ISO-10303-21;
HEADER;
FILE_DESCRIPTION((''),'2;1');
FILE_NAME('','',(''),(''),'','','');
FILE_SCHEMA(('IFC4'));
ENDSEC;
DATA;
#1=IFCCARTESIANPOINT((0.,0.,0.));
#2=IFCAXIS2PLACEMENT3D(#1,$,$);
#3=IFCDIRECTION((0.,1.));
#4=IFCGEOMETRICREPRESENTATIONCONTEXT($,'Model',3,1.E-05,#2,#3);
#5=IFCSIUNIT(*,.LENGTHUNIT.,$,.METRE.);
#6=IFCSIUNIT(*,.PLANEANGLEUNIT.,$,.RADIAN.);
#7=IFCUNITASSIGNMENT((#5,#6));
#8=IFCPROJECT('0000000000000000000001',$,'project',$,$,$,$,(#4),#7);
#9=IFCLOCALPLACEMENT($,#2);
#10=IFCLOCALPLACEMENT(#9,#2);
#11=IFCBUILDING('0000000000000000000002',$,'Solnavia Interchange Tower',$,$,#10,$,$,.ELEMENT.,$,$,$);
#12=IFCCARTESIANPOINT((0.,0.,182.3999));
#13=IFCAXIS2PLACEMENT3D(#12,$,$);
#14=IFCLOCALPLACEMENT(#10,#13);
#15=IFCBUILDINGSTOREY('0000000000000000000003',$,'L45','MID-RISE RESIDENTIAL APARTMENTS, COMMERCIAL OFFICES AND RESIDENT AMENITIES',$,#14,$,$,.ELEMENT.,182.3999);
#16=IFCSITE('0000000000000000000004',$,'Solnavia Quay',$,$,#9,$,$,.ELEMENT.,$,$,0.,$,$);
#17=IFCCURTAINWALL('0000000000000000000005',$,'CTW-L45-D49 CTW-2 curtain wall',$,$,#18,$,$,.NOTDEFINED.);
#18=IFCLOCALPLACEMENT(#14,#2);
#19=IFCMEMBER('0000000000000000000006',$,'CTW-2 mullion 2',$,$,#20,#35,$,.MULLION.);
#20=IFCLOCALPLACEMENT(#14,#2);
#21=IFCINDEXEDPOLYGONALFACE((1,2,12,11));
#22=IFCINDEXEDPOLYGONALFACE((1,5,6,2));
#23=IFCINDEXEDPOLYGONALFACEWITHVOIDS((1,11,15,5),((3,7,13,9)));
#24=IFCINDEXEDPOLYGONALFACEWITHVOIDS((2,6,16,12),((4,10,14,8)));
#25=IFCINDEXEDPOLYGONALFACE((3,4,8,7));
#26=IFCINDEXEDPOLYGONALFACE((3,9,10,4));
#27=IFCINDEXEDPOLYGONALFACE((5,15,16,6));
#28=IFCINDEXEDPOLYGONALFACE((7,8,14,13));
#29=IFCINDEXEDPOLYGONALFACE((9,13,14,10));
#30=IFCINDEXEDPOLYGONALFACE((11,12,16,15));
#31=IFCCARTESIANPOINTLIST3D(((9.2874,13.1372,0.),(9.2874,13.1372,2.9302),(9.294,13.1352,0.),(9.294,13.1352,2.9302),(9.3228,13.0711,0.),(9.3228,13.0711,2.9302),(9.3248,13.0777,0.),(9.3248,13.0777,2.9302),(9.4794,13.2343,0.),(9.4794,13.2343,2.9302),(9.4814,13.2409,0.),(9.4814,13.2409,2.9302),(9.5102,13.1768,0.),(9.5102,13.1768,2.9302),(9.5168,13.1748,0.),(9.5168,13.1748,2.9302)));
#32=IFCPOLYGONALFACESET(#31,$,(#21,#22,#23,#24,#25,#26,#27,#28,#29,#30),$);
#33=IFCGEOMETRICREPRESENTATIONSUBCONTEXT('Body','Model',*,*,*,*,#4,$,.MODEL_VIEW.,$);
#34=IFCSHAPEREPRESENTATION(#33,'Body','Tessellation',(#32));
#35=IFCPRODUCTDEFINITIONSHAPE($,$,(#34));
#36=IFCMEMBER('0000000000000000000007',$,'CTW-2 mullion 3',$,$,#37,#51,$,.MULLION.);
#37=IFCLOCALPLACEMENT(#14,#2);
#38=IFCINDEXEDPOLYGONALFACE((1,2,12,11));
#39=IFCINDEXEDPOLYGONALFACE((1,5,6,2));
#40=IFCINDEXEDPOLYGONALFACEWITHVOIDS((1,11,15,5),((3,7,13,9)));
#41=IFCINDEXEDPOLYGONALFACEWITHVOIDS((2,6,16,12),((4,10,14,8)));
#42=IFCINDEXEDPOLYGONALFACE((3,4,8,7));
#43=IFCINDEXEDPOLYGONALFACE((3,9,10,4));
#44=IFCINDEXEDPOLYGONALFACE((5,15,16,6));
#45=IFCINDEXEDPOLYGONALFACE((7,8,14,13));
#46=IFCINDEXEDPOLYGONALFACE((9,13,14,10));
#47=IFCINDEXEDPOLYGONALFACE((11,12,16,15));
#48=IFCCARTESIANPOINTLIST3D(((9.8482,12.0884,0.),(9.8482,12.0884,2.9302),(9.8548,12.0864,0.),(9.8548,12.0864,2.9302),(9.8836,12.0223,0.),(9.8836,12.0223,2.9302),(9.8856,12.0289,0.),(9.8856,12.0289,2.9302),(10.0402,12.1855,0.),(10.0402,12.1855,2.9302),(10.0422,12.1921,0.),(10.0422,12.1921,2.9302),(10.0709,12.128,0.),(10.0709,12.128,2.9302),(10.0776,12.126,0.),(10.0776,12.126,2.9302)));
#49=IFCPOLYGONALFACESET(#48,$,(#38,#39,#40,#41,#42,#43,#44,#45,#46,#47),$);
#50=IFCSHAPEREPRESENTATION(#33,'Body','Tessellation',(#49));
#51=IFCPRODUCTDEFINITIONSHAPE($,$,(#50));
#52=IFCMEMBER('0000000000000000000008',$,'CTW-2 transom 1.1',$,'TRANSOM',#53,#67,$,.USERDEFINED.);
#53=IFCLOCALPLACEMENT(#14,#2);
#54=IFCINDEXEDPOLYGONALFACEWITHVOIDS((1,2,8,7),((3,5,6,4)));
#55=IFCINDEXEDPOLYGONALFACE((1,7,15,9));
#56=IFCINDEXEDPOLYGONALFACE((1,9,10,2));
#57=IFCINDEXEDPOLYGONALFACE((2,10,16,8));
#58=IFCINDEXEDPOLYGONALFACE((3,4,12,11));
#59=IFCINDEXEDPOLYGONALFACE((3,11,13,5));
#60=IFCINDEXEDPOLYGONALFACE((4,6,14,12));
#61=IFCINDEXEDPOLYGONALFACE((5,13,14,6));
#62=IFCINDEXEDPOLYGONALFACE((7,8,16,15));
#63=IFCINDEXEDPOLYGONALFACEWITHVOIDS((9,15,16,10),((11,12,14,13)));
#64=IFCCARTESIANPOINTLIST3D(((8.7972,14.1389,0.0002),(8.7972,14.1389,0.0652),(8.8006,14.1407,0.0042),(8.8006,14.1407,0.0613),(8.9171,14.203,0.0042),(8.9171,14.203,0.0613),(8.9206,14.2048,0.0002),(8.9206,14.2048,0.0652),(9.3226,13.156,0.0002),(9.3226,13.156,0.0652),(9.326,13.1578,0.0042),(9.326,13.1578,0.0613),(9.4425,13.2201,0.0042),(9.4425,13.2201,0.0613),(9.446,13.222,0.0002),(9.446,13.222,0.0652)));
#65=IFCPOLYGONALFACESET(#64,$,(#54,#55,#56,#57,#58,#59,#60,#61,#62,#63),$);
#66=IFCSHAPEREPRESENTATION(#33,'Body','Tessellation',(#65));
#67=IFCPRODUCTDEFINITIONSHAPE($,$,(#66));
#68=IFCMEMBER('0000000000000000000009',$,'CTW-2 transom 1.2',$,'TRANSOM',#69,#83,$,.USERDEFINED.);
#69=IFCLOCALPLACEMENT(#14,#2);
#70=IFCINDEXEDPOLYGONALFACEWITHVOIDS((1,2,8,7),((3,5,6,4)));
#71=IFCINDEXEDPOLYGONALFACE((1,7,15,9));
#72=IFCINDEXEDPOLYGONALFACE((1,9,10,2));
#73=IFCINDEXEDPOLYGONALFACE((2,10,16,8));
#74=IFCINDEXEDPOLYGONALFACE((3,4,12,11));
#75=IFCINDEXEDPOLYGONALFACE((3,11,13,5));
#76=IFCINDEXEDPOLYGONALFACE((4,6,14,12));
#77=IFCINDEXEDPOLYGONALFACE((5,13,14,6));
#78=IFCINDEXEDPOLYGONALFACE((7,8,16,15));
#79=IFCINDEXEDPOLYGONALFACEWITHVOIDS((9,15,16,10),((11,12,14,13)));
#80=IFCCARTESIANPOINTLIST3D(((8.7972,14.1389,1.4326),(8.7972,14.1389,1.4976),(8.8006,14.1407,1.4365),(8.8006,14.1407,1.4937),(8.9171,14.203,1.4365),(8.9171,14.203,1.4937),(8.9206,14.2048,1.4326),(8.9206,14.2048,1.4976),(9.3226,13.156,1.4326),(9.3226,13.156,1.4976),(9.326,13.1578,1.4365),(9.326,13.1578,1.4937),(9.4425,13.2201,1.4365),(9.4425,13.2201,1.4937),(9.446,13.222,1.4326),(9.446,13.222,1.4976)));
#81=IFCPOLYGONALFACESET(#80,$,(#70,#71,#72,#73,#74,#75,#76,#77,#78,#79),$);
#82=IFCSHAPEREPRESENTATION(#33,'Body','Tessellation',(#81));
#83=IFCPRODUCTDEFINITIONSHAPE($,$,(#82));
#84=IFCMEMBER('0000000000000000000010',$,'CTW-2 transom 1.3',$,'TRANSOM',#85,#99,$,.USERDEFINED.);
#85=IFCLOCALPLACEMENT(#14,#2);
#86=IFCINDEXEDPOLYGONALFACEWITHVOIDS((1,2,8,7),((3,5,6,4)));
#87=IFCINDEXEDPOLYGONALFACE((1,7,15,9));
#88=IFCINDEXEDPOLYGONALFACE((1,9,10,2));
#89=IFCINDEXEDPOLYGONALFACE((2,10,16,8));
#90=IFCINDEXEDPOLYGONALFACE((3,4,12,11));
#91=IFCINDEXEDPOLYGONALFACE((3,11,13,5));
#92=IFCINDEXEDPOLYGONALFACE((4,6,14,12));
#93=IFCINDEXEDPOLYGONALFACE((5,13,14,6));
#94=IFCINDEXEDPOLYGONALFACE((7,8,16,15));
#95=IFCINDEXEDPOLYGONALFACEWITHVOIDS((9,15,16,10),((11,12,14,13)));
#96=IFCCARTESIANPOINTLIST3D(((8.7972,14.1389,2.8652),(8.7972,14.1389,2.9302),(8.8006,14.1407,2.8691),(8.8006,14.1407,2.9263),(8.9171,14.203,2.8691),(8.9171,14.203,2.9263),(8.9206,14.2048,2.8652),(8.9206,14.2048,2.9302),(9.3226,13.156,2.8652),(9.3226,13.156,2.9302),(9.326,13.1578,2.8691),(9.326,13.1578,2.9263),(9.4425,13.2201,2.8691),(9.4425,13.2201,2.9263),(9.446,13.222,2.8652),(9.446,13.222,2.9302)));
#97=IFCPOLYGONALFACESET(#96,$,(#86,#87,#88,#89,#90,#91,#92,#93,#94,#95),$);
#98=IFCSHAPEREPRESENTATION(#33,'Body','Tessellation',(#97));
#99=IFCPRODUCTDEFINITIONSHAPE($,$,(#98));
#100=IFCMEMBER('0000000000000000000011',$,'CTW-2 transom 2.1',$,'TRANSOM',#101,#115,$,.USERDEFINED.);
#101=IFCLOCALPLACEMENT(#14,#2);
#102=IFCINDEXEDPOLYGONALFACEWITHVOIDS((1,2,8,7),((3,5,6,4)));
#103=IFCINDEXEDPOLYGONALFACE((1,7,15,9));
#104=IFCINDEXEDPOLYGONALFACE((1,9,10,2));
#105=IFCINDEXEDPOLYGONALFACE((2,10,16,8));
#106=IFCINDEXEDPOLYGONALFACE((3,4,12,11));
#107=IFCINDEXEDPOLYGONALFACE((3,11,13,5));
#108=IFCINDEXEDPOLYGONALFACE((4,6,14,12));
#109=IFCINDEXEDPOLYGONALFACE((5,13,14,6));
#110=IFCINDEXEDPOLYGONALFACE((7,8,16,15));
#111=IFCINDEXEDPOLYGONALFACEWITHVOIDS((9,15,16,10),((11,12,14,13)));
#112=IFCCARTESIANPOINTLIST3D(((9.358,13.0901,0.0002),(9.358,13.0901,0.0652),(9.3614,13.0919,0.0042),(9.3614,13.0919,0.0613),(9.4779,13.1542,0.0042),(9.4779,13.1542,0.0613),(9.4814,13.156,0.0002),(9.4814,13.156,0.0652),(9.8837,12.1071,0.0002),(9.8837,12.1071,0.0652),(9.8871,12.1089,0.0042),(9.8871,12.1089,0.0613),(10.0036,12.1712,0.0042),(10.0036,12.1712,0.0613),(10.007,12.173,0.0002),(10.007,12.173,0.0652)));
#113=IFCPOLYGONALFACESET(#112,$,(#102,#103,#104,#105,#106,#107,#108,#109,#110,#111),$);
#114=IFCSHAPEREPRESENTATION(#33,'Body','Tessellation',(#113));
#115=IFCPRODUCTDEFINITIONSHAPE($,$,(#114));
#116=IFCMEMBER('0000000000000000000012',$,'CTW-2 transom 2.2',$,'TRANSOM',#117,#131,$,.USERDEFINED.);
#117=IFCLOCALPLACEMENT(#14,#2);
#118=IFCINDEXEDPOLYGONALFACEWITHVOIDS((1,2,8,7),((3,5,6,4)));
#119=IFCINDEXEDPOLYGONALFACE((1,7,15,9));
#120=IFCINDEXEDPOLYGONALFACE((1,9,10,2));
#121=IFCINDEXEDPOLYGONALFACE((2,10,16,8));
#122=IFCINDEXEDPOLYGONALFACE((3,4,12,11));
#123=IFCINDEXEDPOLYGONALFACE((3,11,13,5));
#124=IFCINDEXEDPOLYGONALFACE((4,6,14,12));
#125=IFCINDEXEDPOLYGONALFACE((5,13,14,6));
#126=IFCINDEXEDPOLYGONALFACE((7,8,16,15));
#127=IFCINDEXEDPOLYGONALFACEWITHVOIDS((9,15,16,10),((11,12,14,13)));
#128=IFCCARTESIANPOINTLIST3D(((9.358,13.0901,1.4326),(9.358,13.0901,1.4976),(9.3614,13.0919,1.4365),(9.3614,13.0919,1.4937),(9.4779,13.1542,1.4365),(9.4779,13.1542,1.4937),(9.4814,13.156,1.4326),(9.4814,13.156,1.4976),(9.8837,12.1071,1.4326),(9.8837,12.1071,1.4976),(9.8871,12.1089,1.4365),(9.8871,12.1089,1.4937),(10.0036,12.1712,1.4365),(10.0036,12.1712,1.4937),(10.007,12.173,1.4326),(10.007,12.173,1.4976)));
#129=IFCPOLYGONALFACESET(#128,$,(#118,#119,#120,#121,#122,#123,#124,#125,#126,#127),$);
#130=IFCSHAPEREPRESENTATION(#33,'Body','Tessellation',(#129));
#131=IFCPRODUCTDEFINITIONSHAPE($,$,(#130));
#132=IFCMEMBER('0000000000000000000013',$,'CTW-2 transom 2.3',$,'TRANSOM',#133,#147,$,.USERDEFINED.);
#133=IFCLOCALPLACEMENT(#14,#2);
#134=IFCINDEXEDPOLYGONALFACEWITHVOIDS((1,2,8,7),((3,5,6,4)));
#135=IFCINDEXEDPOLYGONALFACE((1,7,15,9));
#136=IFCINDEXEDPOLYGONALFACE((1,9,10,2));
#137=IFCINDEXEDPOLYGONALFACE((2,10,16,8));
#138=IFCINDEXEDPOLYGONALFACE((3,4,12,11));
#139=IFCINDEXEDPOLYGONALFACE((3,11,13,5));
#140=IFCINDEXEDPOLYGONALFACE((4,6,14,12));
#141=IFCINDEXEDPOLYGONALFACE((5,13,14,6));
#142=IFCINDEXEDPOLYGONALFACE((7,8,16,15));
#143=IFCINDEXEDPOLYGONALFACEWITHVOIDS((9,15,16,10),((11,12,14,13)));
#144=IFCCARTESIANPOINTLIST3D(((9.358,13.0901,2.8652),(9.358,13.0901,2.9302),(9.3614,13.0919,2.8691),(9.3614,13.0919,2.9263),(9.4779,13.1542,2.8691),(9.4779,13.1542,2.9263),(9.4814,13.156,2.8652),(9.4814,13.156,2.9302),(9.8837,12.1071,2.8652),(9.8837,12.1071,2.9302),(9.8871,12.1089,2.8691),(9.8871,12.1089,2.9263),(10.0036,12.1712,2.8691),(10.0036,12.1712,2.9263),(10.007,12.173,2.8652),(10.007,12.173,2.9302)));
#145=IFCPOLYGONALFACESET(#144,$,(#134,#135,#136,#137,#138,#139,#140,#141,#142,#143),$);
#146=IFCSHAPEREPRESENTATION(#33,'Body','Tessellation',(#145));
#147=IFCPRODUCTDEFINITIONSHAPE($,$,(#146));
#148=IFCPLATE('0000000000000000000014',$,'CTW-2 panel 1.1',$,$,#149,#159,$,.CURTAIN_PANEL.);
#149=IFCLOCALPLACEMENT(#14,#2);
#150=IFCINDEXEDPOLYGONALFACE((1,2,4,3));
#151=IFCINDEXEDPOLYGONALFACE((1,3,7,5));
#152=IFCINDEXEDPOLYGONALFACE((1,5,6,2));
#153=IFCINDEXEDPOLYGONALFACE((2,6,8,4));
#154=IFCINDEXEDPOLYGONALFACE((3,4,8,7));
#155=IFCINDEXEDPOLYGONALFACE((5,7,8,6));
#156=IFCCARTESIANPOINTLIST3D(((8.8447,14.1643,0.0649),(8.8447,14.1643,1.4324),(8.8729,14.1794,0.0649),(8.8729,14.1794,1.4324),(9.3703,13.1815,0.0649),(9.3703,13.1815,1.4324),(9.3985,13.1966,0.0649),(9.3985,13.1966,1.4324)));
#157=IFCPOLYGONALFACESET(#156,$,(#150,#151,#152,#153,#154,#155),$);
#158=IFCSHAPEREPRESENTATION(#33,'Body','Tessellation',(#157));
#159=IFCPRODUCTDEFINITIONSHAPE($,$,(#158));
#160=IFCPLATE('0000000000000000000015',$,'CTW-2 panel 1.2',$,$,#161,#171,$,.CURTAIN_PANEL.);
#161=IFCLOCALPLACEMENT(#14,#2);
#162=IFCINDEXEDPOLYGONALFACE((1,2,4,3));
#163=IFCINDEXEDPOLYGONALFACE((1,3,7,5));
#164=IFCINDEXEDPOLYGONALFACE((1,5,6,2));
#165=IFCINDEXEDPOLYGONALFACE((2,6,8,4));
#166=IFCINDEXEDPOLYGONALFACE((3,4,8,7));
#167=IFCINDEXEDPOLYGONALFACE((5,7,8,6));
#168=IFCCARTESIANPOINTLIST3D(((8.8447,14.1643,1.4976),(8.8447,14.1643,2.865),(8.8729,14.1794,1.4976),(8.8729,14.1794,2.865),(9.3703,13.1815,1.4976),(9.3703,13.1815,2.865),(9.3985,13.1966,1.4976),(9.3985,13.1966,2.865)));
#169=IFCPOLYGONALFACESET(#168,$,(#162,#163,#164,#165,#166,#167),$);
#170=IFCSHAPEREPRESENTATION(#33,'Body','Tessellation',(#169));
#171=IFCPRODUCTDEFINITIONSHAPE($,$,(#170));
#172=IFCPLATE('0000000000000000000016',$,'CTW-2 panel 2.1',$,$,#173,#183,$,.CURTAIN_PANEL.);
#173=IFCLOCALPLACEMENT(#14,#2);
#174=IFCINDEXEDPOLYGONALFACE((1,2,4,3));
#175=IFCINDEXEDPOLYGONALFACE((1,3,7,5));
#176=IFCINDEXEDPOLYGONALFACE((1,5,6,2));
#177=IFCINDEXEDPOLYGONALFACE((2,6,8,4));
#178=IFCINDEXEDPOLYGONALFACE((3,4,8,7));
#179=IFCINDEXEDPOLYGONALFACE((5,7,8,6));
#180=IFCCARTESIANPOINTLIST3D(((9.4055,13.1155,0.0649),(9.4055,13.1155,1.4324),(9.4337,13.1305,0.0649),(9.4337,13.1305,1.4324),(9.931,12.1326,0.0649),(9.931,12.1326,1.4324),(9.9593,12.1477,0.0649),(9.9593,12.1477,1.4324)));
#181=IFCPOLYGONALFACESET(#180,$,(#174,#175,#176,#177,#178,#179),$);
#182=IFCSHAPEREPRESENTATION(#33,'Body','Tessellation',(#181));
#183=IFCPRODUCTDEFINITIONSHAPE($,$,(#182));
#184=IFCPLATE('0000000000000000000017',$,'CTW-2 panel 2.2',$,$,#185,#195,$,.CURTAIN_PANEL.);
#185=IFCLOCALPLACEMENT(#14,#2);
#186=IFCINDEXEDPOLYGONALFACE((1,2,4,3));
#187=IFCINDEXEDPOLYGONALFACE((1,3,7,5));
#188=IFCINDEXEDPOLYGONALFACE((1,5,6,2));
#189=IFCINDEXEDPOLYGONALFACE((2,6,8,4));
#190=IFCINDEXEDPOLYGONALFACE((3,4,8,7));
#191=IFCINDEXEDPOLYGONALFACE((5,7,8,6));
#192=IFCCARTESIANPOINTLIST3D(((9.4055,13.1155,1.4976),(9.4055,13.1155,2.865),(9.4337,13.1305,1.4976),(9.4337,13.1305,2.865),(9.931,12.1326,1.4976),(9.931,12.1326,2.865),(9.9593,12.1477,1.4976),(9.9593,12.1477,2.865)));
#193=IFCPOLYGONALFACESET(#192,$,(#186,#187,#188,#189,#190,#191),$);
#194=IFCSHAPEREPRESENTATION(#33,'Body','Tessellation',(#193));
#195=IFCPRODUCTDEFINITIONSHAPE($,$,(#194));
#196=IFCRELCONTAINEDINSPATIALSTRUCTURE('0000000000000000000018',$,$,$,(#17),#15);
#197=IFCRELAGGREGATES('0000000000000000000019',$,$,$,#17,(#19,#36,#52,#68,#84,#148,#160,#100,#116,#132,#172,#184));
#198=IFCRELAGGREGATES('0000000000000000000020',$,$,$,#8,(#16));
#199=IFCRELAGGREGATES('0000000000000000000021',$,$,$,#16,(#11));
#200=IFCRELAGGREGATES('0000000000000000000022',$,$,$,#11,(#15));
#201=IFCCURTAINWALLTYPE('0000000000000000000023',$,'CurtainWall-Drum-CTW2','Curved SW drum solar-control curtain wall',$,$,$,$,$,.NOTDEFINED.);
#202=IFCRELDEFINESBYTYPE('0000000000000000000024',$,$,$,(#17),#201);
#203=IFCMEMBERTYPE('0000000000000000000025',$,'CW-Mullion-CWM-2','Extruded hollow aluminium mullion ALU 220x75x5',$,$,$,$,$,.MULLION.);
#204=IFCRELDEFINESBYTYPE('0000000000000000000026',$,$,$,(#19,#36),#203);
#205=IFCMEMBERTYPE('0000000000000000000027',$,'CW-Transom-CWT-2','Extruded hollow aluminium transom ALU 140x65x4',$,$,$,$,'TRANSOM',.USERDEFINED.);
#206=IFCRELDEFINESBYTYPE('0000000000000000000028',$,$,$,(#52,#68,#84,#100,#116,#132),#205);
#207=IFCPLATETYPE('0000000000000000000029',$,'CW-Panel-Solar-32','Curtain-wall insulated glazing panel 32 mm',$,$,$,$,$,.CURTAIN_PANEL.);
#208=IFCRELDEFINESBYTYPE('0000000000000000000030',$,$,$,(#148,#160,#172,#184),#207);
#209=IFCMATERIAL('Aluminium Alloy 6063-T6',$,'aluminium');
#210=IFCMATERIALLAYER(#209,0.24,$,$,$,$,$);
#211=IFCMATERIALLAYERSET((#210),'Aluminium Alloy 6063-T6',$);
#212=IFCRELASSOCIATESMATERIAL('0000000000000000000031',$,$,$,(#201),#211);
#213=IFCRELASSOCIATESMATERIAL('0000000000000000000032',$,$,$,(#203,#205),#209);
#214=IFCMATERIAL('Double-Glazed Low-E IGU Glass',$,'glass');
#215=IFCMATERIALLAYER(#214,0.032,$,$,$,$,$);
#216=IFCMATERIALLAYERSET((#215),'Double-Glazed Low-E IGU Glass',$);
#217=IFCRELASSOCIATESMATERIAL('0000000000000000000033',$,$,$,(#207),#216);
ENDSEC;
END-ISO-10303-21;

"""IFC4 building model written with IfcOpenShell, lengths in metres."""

from ifc_helpers import new_model, si_unit, direction, frame, origin, origin_2d, place, context, subcontext, project, spatial, rectangle, hollow_rectangle, extrude, material, layer, layer_set, material_profile, profile_set, type_object, element, aggregate, save


model = new_model("IFC4")

# Units and contexts
model_context = context("Model", 3, precision=1e-05, world=origin(), true_north=direction((0.0, 1.0)))
body_context = subcontext(model_context, "Body", "Model", "MODEL_VIEW")
ifc_project = project(units=[si_unit("LENGTHUNIT", "METRE"), si_unit("PLANEANGLEUNIT", "RADIAN")], contexts=[model_context])

# Site, building, storey
site_placement = place(None, origin())
site = spatial("IfcSite", under=ifc_project, at=site_placement, Name="Solnavia Quay", CompositionType="ELEMENT", RefElevation=0.0)
building_placement = place(site_placement, origin())
building = spatial("IfcBuilding", under=site, at=building_placement, Name="Solnavia Interchange Tower", CompositionType="ELEMENT")
storey_placement = place(building_placement, frame((0.0, 0.0, 182.3999)))
storey = spatial("IfcBuildingStorey", under=building, at=storey_placement, Name="L45", Description="MID-RISE RESIDENTIAL APARTMENTS, COMMERCIAL OFFICES AND RESIDENT AMENITIES", CompositionType="ELEMENT", Elevation=182.3999)

# Curtain wall, members, plates
ifc_material_1 = material(Name="Aluminium Alloy 6063-T6", Category="aluminium")
ifc_layer_1 = layer(ifc_material_1, 0.24)
ifc_layer_set_1 = layer_set([ifc_layer_1], Name="Aluminium Alloy 6063-T6")
curtain_wall_type = type_object("IfcCurtainWallType", Name="CurtainWall-Drum-CTW2", Description="Curved SW drum solar-control curtain wall", PredefinedType="NOTDEFINED", material=ifc_layer_set_1)
curtain_wall_placement = place(storey_placement, origin())
curtain_wall = element("IfcCurtainWall", 1, at=curtain_wall_placement, inside=storey, type_object=curtain_wall_type, Name="CTW-L45-D49 CTW-2 curtain wall", PredefinedType="NOTDEFINED")
ifc_material_profile_1 = material_profile(ifc_material_1, hollow_rectangle(XDim=0.075, YDim=0.22, WallThickness=0.0049, at=origin_2d()), Name="ALU 220x75x5")
ifc_profile_set_1 = profile_set([ifc_material_profile_1], Name="Aluminium Alloy 6063-T6")
member_type_1 = type_object("IfcMemberType", Name="CW-Mullion-CWM-2", Description="Extruded hollow aluminium mullion ALU 220x75x5", PredefinedType="MULLION", material=ifc_profile_set_1)
member_1_placement = place(storey_placement, frame((9.4021, 13.156, 0.0), z_axis=(0.0, 0.0, 1.0), x_axis=(0.471561, -0.881834, 0.0)))
member_1 = element("IfcMember", 2, at=member_1_placement, type_object=member_type_1, Name="CTW-2 mullion 2", PredefinedType="MULLION", context=body_context, shape_type="SweptSolid", body=[
    extrude(hollow_rectangle(XDim=0.075, YDim=0.22, WallThickness=0.0049, at=origin_2d()), origin(), (0.0, 0.0, 1.0), 2.9302),
])
member_2_placement = place(storey_placement, frame((9.9629, 12.1072, 0.0), z_axis=(0.0, 0.0, 1.0), x_axis=(0.471561, -0.881834, 0.0)))
member_2 = element("IfcMember", 3, at=member_2_placement, type_object=member_type_1, Name="CTW-2 mullion 3", PredefinedType="MULLION", context=body_context, shape_type="SweptSolid", body=[
    extrude(hollow_rectangle(XDim=0.075, YDim=0.22, WallThickness=0.0049, at=origin_2d()), origin(), (0.0, 0.0, 1.0), 2.9302),
])
ifc_material_profile_2 = material_profile(ifc_material_1, hollow_rectangle(XDim=0.0649, YDim=0.1399, WallThickness=0.0039, at=origin_2d()), Name="ALU 140x65x4")
ifc_profile_set_2 = profile_set([ifc_material_profile_2], Name="Aluminium Alloy 6063-T6")
member_type_2 = type_object("IfcMemberType", Name="CW-Transom-CWT-2", Description="Extruded hollow aluminium transom ALU 140x65x4", ElementType="TRANSOM", PredefinedType="USERDEFINED", material=ifc_profile_set_2)
member_3_placement = place(storey_placement, frame((8.8589, 14.1719, 0.0327), z_axis=(0.471407, -0.881916, 0.0), x_axis=(0.0, 0.0, 1.0)))
member_3 = element("IfcMember", 4, at=member_3_placement, type_object=member_type_2, Name="CTW-2 transom 1.1", ObjectType="TRANSOM", PredefinedType="USERDEFINED", context=body_context, shape_type="SweptSolid", body=[
    extrude(hollow_rectangle(XDim=0.0649, YDim=0.1399, WallThickness=0.0039, at=origin_2d()), origin(), (0.0, 0.0, 1.0), 1.1145),
])
member_4_placement = place(storey_placement, frame((8.8589, 14.1719, 1.4651), z_axis=(0.471407, -0.881916, 0.0), x_axis=(0.0, 0.0, 1.0)))
member_4 = element("IfcMember", 5, at=member_4_placement, type_object=member_type_2, Name="CTW-2 transom 1.2", ObjectType="TRANSOM", PredefinedType="USERDEFINED", context=body_context, shape_type="SweptSolid", body=[
    extrude(hollow_rectangle(XDim=0.0649, YDim=0.1399, WallThickness=0.0039, at=origin_2d()), origin(), (0.0, 0.0, 1.0), 1.1145),
])
member_5_placement = place(storey_placement, frame((8.8589, 14.1719, 2.8977), z_axis=(0.471407, -0.881916, 0.0), x_axis=(0.0, 0.0, 1.0)))
member_5 = element("IfcMember", 6, at=member_5_placement, type_object=member_type_2, Name="CTW-2 transom 1.3", ObjectType="TRANSOM", PredefinedType="USERDEFINED", context=body_context, shape_type="SweptSolid", body=[
    extrude(hollow_rectangle(XDim=0.0649, YDim=0.1399, WallThickness=0.0039, at=origin_2d()), origin(), (0.0, 0.0, 1.0), 1.1145),
])
member_6_placement = place(storey_placement, frame((9.4197, 13.123, 0.0327), z_axis=(0.471577, -0.881825, 0.0), x_axis=(0.0, 0.0, 1.0)))
member_6 = element("IfcMember", 7, at=member_6_placement, type_object=member_type_2, Name="CTW-2 transom 2.1", ObjectType="TRANSOM", PredefinedType="USERDEFINED", context=body_context, shape_type="SweptSolid", body=[
    extrude(hollow_rectangle(XDim=0.0649, YDim=0.1399, WallThickness=0.0039, at=origin_2d()), origin(), (0.0, 0.0, 1.0), 1.1147),
])
member_7_placement = place(storey_placement, frame((9.4197, 13.123, 1.4651), z_axis=(0.471577, -0.881825, 0.0), x_axis=(0.0, 0.0, 1.0)))
member_7 = element("IfcMember", 8, at=member_7_placement, type_object=member_type_2, Name="CTW-2 transom 2.2", ObjectType="TRANSOM", PredefinedType="USERDEFINED", context=body_context, shape_type="SweptSolid", body=[
    extrude(hollow_rectangle(XDim=0.0649, YDim=0.1399, WallThickness=0.0039, at=origin_2d()), origin(), (0.0, 0.0, 1.0), 1.1147),
])
member_8_placement = place(storey_placement, frame((9.4197, 13.123, 2.8977), z_axis=(0.471577, -0.881825, 0.0), x_axis=(0.0, 0.0, 1.0)))
member_8 = element("IfcMember", 9, at=member_8_placement, type_object=member_type_2, Name="CTW-2 transom 2.3", ObjectType="TRANSOM", PredefinedType="USERDEFINED", context=body_context, shape_type="SweptSolid", body=[
    extrude(hollow_rectangle(XDim=0.0649, YDim=0.1399, WallThickness=0.0039, at=origin_2d()), origin(), (0.0, 0.0, 1.0), 1.1147),
])
ifc_material_2 = material(Name="Double-Glazed Low-E IGU Glass", Category="glass")
ifc_layer_2 = layer(ifc_material_2, 0.032)
ifc_layer_set_2 = layer_set([ifc_layer_2], Name="Double-Glazed Low-E IGU Glass")
plate_type = type_object("IfcPlateType", Name="CW-Panel-Solar-32", Description="Curtain-wall insulated glazing panel 32 mm", PredefinedType="CURTAIN_PANEL", material=ifc_layer_set_2)
plate_1_placement = place(storey_placement, frame((9.1216, 13.6804, 0.0649), z_axis=(0.0, 0.0, 1.0), x_axis=(0.471561, -0.881834, 0.0)))
plate_1 = element("IfcPlate", 10, at=plate_1_placement, type_object=plate_type, Name="CTW-2 panel 1.1", PredefinedType="CURTAIN_PANEL", context=body_context, shape_type="SweptSolid", body=[
    extrude(rectangle(XDim=1.1145, YDim=0.032, at=origin_2d()), origin(), (0.0, 0.0, 1.0), 1.3674),
])
plate_2_placement = place(storey_placement, frame((9.1216, 13.6804, 1.4976), z_axis=(0.0, 0.0, 1.0), x_axis=(0.471561, -0.881834, 0.0)))
plate_2 = element("IfcPlate", 11, at=plate_2_placement, type_object=plate_type, Name="CTW-2 panel 1.2", PredefinedType="CURTAIN_PANEL", context=body_context, shape_type="SweptSolid", body=[
    extrude(rectangle(XDim=1.1145, YDim=0.032, at=origin_2d()), origin(), (0.0, 0.0, 1.0), 1.3674),
])
plate_3_placement = place(storey_placement, frame((9.6824, 12.6316, 0.0649), z_axis=(0.0, 0.0, 1.0), x_axis=(0.471561, -0.881834, 0.0)))
plate_3 = element("IfcPlate", 12, at=plate_3_placement, type_object=plate_type, Name="CTW-2 panel 2.1", PredefinedType="CURTAIN_PANEL", context=body_context, shape_type="SweptSolid", body=[
    extrude(rectangle(XDim=1.1145, YDim=0.032, at=origin_2d()), origin(), (0.0, 0.0, 1.0), 1.3674),
])
plate_4_placement = place(storey_placement, frame((9.6824, 12.6316, 1.4976), z_axis=(0.0, 0.0, 1.0), x_axis=(0.471561, -0.881834, 0.0)))
plate_4 = element("IfcPlate", 13, at=plate_4_placement, type_object=plate_type, Name="CTW-2 panel 2.2", PredefinedType="CURTAIN_PANEL", context=body_context, shape_type="SweptSolid", body=[
    extrude(rectangle(XDim=1.1145, YDim=0.032, at=origin_2d()), origin(), (0.0, 0.0, 1.0), 1.3674),
])
aggregate(curtain_wall, [member_1, member_2, member_3, member_4, member_5, plate_1, plate_2, member_6, member_7, member_8, plate_3, plate_4])

save(model, "model.ifc")
